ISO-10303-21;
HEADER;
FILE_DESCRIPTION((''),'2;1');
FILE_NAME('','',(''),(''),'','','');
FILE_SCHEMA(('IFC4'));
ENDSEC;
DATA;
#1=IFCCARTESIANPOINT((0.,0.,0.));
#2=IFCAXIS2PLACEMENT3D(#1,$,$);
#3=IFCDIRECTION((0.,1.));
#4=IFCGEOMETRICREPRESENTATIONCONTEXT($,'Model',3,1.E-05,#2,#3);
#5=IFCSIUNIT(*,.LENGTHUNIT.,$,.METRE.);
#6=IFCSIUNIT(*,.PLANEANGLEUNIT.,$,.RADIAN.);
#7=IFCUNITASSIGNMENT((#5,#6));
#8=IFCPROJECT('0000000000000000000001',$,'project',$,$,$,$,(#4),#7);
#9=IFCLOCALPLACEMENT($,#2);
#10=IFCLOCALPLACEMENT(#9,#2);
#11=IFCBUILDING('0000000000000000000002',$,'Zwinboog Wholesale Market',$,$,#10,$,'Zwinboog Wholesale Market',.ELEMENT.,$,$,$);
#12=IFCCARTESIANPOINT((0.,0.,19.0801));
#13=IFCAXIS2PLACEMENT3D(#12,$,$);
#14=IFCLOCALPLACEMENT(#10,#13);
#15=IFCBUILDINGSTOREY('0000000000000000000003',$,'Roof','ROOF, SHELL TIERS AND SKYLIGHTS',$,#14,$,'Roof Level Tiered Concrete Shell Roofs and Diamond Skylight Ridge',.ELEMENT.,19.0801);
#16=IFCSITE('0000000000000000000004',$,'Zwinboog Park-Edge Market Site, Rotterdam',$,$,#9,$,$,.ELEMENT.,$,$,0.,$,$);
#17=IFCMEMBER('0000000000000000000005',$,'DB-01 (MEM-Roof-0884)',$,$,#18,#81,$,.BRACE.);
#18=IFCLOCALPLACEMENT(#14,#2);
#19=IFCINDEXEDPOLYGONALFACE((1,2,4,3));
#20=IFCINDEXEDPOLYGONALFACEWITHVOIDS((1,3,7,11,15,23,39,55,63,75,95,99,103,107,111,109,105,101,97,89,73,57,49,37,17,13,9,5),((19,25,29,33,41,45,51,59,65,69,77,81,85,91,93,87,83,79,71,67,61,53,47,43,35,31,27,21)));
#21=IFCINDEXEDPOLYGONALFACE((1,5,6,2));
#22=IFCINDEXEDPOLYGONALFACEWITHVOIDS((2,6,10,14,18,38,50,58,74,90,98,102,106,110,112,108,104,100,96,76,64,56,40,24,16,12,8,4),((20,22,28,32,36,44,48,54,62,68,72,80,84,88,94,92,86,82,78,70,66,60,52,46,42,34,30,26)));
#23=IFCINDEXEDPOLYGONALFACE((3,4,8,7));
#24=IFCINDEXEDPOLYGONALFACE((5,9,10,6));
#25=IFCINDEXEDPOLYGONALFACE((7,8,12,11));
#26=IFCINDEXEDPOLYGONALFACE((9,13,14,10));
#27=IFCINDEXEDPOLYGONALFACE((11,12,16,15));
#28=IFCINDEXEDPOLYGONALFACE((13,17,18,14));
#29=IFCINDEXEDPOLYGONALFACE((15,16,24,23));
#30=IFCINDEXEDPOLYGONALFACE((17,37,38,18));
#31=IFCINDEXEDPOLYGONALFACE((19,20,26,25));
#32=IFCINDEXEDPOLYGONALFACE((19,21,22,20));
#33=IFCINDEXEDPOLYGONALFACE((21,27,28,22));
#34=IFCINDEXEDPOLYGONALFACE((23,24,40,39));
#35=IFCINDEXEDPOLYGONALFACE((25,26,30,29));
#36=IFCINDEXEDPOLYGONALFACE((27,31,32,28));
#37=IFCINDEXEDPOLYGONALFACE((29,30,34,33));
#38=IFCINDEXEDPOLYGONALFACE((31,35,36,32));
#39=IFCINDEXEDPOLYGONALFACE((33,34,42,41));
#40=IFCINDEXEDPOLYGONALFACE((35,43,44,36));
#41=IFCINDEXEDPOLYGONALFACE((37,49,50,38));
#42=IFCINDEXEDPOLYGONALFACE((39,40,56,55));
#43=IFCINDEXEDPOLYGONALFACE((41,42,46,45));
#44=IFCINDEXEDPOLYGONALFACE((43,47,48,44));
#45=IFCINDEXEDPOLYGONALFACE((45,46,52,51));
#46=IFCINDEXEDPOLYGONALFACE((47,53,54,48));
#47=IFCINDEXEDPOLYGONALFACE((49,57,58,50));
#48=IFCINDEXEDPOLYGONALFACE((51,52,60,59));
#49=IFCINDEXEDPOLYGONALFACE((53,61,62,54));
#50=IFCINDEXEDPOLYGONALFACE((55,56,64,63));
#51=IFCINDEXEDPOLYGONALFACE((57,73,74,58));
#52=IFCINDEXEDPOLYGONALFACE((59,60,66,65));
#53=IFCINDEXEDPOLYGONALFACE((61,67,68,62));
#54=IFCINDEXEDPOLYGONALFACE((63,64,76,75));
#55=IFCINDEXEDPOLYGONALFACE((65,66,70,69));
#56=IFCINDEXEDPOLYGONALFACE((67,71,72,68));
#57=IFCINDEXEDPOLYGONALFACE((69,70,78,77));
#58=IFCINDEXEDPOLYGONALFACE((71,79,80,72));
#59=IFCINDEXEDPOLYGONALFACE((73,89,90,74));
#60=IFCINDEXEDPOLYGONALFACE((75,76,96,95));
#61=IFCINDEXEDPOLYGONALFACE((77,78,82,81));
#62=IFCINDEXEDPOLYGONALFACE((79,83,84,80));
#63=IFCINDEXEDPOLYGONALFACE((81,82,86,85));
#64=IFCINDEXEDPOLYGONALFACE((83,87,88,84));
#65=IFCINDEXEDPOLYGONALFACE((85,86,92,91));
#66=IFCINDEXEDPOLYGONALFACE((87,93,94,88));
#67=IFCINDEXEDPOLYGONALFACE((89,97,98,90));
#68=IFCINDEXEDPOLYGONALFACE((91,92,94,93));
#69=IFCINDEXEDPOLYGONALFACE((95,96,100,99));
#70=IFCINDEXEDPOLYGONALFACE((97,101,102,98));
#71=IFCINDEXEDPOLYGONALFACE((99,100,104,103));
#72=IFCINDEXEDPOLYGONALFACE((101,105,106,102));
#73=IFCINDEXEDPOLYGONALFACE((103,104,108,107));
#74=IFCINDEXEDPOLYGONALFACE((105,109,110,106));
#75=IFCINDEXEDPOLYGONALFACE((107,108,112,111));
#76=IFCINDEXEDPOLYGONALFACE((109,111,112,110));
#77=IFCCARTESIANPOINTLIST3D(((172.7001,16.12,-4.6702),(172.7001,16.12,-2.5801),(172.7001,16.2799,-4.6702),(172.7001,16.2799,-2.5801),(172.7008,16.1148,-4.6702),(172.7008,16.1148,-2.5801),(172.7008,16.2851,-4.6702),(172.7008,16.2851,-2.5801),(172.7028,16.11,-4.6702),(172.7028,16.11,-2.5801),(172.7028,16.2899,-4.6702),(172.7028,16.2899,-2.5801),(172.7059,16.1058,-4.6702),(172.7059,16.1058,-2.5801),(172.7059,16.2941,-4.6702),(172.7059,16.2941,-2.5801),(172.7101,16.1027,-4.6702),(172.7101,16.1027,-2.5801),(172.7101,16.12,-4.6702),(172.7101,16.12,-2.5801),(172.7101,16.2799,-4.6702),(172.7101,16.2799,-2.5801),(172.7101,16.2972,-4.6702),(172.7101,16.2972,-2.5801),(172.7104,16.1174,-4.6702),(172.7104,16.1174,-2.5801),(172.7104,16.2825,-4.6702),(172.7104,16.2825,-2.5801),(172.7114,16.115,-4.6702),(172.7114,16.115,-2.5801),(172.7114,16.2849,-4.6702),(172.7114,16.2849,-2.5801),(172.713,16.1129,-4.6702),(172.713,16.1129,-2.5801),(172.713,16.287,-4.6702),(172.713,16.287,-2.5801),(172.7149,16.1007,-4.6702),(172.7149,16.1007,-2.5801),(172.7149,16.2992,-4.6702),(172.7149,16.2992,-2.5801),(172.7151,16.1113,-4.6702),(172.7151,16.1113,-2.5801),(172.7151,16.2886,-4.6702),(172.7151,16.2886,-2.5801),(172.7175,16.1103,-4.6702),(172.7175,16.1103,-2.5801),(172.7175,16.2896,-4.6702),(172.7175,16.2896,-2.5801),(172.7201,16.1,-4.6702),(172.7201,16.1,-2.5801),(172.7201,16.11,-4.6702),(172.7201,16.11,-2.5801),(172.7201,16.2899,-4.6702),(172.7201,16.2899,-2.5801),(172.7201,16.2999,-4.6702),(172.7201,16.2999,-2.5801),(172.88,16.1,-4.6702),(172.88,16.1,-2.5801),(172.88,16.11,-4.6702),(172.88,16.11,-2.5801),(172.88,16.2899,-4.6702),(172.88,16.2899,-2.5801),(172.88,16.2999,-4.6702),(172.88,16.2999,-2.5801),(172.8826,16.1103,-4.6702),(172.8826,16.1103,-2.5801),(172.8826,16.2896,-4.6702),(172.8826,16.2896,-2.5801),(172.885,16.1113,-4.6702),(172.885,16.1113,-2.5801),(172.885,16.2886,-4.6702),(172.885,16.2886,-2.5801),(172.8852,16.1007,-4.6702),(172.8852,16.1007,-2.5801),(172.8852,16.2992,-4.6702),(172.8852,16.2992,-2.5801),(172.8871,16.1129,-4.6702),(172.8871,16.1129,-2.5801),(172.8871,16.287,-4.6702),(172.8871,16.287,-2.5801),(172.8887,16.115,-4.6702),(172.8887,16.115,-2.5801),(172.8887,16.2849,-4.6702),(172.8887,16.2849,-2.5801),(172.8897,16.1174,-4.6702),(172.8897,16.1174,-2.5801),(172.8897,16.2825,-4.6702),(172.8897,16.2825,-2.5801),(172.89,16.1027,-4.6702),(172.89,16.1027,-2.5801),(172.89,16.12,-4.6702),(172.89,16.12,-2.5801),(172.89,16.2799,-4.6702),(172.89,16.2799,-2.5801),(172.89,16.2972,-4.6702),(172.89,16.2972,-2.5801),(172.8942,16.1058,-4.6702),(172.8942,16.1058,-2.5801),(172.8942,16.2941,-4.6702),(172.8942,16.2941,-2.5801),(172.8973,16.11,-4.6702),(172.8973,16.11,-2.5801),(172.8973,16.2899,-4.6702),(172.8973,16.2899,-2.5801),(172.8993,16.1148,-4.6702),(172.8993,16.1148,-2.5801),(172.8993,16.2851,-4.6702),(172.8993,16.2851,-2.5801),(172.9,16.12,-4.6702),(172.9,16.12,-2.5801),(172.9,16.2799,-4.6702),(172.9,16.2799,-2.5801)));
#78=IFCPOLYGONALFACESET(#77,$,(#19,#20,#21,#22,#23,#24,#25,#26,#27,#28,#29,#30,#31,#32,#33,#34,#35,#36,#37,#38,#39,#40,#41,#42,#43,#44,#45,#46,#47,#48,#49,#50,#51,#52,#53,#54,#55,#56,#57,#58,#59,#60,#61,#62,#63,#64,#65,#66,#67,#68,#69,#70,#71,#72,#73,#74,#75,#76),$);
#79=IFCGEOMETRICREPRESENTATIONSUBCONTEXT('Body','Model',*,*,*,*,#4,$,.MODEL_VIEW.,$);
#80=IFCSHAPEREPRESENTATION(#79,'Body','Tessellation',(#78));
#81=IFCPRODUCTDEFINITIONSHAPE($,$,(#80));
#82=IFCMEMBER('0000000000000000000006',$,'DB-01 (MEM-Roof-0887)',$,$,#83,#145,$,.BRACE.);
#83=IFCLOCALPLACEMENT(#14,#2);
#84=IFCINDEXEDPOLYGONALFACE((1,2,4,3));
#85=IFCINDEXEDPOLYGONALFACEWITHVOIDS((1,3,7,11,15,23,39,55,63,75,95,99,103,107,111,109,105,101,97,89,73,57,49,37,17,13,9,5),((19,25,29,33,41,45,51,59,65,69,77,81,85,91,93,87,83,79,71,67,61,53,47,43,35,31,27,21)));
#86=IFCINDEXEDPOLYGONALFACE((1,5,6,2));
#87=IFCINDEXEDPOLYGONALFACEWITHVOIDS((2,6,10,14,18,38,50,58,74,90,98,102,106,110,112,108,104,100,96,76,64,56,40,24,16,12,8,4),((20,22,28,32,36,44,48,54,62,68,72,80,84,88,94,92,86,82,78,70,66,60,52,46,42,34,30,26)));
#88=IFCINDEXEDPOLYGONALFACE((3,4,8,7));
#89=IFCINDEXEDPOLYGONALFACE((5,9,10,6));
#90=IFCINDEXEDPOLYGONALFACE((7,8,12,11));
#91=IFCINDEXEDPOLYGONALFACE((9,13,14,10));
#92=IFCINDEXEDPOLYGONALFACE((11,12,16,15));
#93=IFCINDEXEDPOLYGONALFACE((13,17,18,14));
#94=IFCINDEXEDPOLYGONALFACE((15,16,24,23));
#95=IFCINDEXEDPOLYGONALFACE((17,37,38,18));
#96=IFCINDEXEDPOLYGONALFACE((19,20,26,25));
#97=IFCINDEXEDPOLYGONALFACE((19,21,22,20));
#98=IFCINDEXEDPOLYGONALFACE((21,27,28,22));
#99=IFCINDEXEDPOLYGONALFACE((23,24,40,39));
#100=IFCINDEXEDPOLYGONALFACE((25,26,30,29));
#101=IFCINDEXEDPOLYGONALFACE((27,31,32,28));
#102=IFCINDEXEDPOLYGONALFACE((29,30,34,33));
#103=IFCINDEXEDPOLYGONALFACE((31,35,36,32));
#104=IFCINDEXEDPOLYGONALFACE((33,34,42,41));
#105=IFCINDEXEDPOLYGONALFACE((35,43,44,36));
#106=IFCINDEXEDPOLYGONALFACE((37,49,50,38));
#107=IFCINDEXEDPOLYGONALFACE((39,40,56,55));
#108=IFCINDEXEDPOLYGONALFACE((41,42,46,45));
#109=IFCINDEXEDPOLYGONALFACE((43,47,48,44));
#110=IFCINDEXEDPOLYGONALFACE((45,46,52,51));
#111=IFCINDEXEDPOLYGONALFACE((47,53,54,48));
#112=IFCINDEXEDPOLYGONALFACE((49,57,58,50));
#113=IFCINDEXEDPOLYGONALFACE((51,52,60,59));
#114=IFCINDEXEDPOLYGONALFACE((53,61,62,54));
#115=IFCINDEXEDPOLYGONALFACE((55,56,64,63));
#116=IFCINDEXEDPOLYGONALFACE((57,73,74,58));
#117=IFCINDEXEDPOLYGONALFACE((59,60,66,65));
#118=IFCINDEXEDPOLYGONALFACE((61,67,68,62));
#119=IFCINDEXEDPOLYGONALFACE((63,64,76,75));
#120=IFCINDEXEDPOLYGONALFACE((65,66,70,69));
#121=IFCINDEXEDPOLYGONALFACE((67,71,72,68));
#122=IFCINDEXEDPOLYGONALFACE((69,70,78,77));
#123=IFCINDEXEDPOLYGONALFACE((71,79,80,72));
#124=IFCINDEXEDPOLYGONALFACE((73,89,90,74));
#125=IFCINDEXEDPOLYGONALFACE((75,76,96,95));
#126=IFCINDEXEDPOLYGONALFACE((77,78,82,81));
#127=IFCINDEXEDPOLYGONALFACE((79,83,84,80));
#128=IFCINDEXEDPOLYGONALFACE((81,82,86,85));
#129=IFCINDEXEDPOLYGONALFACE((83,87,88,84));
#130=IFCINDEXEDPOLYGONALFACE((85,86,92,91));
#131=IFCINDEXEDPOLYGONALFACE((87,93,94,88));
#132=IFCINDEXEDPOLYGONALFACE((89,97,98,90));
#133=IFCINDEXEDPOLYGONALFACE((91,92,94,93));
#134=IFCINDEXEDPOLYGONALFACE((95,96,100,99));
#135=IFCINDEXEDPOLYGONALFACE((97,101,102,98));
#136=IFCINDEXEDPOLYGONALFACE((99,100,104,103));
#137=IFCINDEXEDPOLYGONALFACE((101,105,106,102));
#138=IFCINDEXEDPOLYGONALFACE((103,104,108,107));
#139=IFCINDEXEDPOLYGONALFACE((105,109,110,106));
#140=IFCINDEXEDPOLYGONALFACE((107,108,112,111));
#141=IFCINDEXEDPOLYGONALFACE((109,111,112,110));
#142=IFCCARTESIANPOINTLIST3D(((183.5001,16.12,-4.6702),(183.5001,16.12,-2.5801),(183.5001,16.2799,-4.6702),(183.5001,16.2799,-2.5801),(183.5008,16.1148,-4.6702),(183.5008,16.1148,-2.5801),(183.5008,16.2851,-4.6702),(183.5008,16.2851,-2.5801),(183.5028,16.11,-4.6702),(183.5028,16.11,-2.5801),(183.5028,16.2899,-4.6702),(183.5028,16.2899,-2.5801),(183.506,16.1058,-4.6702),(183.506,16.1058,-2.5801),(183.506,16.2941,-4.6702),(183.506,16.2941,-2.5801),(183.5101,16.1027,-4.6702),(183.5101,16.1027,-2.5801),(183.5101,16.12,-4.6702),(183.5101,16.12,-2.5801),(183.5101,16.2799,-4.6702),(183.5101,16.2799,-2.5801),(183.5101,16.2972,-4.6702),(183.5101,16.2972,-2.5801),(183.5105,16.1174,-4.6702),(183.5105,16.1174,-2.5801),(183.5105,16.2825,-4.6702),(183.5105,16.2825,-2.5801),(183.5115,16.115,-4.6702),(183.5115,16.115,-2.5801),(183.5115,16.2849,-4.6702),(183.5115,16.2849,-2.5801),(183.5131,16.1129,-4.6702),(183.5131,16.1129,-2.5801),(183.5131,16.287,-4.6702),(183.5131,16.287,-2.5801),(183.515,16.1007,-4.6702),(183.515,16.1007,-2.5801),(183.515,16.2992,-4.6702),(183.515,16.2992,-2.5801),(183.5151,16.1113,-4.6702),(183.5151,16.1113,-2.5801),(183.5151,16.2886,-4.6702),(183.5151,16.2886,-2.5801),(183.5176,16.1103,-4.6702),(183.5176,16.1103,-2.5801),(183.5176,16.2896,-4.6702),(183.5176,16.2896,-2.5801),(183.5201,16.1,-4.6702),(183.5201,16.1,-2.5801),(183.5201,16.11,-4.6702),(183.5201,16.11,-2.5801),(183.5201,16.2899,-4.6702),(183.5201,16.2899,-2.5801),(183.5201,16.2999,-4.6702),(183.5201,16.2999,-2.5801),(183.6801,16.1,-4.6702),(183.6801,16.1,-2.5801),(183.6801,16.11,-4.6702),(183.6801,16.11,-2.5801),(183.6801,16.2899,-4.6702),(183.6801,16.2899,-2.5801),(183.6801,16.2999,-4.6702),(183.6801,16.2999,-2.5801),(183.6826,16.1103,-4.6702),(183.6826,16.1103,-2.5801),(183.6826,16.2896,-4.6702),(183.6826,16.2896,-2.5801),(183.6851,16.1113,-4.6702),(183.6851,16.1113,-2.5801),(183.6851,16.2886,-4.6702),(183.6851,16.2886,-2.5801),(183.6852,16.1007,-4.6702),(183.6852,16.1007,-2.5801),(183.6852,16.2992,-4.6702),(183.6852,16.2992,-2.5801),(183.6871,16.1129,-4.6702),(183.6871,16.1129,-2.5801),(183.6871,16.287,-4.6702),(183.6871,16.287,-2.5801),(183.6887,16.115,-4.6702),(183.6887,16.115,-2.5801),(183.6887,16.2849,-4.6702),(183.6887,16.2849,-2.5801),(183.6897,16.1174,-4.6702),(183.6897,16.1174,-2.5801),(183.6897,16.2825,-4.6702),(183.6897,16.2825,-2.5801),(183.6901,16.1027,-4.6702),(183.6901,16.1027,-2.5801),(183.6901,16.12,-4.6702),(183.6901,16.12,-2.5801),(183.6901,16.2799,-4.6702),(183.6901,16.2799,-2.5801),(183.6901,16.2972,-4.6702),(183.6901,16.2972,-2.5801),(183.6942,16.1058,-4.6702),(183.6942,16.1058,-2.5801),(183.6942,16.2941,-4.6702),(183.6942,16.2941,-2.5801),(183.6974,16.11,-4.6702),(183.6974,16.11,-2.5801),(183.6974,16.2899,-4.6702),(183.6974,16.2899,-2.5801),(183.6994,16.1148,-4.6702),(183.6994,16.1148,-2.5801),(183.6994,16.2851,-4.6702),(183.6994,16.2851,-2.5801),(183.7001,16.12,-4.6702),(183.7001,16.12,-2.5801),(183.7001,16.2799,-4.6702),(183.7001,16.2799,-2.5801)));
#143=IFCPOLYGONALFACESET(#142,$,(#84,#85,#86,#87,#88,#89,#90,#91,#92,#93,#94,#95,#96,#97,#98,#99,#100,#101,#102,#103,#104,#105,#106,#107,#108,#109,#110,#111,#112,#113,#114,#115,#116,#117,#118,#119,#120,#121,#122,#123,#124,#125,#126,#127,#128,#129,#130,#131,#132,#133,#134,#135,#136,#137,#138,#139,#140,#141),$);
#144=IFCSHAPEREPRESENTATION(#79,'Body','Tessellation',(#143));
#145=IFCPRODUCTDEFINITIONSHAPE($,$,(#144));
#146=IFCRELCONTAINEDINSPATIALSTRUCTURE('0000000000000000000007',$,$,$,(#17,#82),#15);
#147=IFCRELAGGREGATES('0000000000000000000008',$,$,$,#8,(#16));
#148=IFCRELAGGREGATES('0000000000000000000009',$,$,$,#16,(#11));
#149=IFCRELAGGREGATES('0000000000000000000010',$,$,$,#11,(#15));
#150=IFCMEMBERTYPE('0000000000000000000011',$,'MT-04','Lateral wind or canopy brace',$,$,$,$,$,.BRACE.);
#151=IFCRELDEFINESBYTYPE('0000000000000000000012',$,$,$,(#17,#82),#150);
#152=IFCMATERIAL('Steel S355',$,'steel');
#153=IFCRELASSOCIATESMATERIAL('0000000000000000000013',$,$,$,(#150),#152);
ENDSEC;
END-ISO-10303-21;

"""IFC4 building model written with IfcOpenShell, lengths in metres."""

from ifc_helpers import new_model, si_unit, direction, frame, origin, origin_2d, place, context, subcontext, project, spatial, hollow_rectangle, extrude, material, material_profile, profile_set, type_object, element, save


model = new_model("IFC4")

# Units and contexts
model_context = context("Model", 3, precision=1e-05, world=origin(), true_north=direction((0.0, 1.0)))
body_context = subcontext(model_context, "Body", "Model", "MODEL_VIEW")
ifc_project = project(units=[si_unit("LENGTHUNIT", "METRE"), si_unit("PLANEANGLEUNIT", "RADIAN")], contexts=[model_context])

# Site, building, storey
site_placement = place(None, origin())
site = spatial("IfcSite", under=ifc_project, at=site_placement, Name="Zwinboog Park-Edge Market Site, Rotterdam", CompositionType="ELEMENT", RefElevation=0.0)
building_placement = place(site_placement, origin())
building = spatial("IfcBuilding", under=site, at=building_placement, Name="Zwinboog Wholesale Market", LongName="Zwinboog Wholesale Market", CompositionType="ELEMENT")
storey_placement = place(building_placement, frame((0.0, 0.0, 19.0801)))
storey = spatial("IfcBuildingStorey", under=building, at=storey_placement, Name="Roof", Description="ROOF, SHELL TIERS AND SKYLIGHTS", LongName="Roof Level Tiered Concrete Shell Roofs and Diamond Skylight Ridge", CompositionType="ELEMENT", Elevation=19.0801)

# Shared definitions
ifc_material_1 = material(Name="Steel S355", Category="steel")

# Members
ifc_material_profile_1 = material_profile(ifc_material_1, hollow_rectangle(XDim=0.2, YDim=0.2, WallThickness=0.01, InnerFilletRadius=0.01, OuterFilletRadius=0.02, at=origin_2d()), Name="SHS 200x200x10")
ifc_profile_set_1 = profile_set([ifc_material_profile_1], Name="Steel S355")
member_type_1 = type_object("IfcMemberType", Name="MT-04", Description="Lateral wind or canopy brace", PredefinedType="BRACE", material=ifc_profile_set_1)
for number, where, z_axis, x_axis, name in (
    (1, (172.8, 16.2, -4.6702), (0.0, 0.0, 1.0), (1.0, 0.0, 0.0), "DB-01 (MEM-Roof-0884)"),
    (2, (183.6001, 16.2, -4.6702), (0.0, 0.0, 1.0), (1.0, 0.0, 0.0), "DB-01 (MEM-Roof-0887)"),
):
    element("IfcMember", number, at=place(storey_placement, frame(where, z_axis=z_axis, x_axis=x_axis)), inside=storey, type_object=member_type_1, Name=name, PredefinedType="BRACE", context=body_context, shape_type="SweptSolid", body=[
        extrude(hollow_rectangle(XDim=0.2, YDim=0.2, WallThickness=0.01, InnerFilletRadius=0.01, OuterFilletRadius=0.02, at=origin_2d()), origin(), (0.0, 0.0, 1.0), 2.0901),
    ])

save(model, "model.ifc")
